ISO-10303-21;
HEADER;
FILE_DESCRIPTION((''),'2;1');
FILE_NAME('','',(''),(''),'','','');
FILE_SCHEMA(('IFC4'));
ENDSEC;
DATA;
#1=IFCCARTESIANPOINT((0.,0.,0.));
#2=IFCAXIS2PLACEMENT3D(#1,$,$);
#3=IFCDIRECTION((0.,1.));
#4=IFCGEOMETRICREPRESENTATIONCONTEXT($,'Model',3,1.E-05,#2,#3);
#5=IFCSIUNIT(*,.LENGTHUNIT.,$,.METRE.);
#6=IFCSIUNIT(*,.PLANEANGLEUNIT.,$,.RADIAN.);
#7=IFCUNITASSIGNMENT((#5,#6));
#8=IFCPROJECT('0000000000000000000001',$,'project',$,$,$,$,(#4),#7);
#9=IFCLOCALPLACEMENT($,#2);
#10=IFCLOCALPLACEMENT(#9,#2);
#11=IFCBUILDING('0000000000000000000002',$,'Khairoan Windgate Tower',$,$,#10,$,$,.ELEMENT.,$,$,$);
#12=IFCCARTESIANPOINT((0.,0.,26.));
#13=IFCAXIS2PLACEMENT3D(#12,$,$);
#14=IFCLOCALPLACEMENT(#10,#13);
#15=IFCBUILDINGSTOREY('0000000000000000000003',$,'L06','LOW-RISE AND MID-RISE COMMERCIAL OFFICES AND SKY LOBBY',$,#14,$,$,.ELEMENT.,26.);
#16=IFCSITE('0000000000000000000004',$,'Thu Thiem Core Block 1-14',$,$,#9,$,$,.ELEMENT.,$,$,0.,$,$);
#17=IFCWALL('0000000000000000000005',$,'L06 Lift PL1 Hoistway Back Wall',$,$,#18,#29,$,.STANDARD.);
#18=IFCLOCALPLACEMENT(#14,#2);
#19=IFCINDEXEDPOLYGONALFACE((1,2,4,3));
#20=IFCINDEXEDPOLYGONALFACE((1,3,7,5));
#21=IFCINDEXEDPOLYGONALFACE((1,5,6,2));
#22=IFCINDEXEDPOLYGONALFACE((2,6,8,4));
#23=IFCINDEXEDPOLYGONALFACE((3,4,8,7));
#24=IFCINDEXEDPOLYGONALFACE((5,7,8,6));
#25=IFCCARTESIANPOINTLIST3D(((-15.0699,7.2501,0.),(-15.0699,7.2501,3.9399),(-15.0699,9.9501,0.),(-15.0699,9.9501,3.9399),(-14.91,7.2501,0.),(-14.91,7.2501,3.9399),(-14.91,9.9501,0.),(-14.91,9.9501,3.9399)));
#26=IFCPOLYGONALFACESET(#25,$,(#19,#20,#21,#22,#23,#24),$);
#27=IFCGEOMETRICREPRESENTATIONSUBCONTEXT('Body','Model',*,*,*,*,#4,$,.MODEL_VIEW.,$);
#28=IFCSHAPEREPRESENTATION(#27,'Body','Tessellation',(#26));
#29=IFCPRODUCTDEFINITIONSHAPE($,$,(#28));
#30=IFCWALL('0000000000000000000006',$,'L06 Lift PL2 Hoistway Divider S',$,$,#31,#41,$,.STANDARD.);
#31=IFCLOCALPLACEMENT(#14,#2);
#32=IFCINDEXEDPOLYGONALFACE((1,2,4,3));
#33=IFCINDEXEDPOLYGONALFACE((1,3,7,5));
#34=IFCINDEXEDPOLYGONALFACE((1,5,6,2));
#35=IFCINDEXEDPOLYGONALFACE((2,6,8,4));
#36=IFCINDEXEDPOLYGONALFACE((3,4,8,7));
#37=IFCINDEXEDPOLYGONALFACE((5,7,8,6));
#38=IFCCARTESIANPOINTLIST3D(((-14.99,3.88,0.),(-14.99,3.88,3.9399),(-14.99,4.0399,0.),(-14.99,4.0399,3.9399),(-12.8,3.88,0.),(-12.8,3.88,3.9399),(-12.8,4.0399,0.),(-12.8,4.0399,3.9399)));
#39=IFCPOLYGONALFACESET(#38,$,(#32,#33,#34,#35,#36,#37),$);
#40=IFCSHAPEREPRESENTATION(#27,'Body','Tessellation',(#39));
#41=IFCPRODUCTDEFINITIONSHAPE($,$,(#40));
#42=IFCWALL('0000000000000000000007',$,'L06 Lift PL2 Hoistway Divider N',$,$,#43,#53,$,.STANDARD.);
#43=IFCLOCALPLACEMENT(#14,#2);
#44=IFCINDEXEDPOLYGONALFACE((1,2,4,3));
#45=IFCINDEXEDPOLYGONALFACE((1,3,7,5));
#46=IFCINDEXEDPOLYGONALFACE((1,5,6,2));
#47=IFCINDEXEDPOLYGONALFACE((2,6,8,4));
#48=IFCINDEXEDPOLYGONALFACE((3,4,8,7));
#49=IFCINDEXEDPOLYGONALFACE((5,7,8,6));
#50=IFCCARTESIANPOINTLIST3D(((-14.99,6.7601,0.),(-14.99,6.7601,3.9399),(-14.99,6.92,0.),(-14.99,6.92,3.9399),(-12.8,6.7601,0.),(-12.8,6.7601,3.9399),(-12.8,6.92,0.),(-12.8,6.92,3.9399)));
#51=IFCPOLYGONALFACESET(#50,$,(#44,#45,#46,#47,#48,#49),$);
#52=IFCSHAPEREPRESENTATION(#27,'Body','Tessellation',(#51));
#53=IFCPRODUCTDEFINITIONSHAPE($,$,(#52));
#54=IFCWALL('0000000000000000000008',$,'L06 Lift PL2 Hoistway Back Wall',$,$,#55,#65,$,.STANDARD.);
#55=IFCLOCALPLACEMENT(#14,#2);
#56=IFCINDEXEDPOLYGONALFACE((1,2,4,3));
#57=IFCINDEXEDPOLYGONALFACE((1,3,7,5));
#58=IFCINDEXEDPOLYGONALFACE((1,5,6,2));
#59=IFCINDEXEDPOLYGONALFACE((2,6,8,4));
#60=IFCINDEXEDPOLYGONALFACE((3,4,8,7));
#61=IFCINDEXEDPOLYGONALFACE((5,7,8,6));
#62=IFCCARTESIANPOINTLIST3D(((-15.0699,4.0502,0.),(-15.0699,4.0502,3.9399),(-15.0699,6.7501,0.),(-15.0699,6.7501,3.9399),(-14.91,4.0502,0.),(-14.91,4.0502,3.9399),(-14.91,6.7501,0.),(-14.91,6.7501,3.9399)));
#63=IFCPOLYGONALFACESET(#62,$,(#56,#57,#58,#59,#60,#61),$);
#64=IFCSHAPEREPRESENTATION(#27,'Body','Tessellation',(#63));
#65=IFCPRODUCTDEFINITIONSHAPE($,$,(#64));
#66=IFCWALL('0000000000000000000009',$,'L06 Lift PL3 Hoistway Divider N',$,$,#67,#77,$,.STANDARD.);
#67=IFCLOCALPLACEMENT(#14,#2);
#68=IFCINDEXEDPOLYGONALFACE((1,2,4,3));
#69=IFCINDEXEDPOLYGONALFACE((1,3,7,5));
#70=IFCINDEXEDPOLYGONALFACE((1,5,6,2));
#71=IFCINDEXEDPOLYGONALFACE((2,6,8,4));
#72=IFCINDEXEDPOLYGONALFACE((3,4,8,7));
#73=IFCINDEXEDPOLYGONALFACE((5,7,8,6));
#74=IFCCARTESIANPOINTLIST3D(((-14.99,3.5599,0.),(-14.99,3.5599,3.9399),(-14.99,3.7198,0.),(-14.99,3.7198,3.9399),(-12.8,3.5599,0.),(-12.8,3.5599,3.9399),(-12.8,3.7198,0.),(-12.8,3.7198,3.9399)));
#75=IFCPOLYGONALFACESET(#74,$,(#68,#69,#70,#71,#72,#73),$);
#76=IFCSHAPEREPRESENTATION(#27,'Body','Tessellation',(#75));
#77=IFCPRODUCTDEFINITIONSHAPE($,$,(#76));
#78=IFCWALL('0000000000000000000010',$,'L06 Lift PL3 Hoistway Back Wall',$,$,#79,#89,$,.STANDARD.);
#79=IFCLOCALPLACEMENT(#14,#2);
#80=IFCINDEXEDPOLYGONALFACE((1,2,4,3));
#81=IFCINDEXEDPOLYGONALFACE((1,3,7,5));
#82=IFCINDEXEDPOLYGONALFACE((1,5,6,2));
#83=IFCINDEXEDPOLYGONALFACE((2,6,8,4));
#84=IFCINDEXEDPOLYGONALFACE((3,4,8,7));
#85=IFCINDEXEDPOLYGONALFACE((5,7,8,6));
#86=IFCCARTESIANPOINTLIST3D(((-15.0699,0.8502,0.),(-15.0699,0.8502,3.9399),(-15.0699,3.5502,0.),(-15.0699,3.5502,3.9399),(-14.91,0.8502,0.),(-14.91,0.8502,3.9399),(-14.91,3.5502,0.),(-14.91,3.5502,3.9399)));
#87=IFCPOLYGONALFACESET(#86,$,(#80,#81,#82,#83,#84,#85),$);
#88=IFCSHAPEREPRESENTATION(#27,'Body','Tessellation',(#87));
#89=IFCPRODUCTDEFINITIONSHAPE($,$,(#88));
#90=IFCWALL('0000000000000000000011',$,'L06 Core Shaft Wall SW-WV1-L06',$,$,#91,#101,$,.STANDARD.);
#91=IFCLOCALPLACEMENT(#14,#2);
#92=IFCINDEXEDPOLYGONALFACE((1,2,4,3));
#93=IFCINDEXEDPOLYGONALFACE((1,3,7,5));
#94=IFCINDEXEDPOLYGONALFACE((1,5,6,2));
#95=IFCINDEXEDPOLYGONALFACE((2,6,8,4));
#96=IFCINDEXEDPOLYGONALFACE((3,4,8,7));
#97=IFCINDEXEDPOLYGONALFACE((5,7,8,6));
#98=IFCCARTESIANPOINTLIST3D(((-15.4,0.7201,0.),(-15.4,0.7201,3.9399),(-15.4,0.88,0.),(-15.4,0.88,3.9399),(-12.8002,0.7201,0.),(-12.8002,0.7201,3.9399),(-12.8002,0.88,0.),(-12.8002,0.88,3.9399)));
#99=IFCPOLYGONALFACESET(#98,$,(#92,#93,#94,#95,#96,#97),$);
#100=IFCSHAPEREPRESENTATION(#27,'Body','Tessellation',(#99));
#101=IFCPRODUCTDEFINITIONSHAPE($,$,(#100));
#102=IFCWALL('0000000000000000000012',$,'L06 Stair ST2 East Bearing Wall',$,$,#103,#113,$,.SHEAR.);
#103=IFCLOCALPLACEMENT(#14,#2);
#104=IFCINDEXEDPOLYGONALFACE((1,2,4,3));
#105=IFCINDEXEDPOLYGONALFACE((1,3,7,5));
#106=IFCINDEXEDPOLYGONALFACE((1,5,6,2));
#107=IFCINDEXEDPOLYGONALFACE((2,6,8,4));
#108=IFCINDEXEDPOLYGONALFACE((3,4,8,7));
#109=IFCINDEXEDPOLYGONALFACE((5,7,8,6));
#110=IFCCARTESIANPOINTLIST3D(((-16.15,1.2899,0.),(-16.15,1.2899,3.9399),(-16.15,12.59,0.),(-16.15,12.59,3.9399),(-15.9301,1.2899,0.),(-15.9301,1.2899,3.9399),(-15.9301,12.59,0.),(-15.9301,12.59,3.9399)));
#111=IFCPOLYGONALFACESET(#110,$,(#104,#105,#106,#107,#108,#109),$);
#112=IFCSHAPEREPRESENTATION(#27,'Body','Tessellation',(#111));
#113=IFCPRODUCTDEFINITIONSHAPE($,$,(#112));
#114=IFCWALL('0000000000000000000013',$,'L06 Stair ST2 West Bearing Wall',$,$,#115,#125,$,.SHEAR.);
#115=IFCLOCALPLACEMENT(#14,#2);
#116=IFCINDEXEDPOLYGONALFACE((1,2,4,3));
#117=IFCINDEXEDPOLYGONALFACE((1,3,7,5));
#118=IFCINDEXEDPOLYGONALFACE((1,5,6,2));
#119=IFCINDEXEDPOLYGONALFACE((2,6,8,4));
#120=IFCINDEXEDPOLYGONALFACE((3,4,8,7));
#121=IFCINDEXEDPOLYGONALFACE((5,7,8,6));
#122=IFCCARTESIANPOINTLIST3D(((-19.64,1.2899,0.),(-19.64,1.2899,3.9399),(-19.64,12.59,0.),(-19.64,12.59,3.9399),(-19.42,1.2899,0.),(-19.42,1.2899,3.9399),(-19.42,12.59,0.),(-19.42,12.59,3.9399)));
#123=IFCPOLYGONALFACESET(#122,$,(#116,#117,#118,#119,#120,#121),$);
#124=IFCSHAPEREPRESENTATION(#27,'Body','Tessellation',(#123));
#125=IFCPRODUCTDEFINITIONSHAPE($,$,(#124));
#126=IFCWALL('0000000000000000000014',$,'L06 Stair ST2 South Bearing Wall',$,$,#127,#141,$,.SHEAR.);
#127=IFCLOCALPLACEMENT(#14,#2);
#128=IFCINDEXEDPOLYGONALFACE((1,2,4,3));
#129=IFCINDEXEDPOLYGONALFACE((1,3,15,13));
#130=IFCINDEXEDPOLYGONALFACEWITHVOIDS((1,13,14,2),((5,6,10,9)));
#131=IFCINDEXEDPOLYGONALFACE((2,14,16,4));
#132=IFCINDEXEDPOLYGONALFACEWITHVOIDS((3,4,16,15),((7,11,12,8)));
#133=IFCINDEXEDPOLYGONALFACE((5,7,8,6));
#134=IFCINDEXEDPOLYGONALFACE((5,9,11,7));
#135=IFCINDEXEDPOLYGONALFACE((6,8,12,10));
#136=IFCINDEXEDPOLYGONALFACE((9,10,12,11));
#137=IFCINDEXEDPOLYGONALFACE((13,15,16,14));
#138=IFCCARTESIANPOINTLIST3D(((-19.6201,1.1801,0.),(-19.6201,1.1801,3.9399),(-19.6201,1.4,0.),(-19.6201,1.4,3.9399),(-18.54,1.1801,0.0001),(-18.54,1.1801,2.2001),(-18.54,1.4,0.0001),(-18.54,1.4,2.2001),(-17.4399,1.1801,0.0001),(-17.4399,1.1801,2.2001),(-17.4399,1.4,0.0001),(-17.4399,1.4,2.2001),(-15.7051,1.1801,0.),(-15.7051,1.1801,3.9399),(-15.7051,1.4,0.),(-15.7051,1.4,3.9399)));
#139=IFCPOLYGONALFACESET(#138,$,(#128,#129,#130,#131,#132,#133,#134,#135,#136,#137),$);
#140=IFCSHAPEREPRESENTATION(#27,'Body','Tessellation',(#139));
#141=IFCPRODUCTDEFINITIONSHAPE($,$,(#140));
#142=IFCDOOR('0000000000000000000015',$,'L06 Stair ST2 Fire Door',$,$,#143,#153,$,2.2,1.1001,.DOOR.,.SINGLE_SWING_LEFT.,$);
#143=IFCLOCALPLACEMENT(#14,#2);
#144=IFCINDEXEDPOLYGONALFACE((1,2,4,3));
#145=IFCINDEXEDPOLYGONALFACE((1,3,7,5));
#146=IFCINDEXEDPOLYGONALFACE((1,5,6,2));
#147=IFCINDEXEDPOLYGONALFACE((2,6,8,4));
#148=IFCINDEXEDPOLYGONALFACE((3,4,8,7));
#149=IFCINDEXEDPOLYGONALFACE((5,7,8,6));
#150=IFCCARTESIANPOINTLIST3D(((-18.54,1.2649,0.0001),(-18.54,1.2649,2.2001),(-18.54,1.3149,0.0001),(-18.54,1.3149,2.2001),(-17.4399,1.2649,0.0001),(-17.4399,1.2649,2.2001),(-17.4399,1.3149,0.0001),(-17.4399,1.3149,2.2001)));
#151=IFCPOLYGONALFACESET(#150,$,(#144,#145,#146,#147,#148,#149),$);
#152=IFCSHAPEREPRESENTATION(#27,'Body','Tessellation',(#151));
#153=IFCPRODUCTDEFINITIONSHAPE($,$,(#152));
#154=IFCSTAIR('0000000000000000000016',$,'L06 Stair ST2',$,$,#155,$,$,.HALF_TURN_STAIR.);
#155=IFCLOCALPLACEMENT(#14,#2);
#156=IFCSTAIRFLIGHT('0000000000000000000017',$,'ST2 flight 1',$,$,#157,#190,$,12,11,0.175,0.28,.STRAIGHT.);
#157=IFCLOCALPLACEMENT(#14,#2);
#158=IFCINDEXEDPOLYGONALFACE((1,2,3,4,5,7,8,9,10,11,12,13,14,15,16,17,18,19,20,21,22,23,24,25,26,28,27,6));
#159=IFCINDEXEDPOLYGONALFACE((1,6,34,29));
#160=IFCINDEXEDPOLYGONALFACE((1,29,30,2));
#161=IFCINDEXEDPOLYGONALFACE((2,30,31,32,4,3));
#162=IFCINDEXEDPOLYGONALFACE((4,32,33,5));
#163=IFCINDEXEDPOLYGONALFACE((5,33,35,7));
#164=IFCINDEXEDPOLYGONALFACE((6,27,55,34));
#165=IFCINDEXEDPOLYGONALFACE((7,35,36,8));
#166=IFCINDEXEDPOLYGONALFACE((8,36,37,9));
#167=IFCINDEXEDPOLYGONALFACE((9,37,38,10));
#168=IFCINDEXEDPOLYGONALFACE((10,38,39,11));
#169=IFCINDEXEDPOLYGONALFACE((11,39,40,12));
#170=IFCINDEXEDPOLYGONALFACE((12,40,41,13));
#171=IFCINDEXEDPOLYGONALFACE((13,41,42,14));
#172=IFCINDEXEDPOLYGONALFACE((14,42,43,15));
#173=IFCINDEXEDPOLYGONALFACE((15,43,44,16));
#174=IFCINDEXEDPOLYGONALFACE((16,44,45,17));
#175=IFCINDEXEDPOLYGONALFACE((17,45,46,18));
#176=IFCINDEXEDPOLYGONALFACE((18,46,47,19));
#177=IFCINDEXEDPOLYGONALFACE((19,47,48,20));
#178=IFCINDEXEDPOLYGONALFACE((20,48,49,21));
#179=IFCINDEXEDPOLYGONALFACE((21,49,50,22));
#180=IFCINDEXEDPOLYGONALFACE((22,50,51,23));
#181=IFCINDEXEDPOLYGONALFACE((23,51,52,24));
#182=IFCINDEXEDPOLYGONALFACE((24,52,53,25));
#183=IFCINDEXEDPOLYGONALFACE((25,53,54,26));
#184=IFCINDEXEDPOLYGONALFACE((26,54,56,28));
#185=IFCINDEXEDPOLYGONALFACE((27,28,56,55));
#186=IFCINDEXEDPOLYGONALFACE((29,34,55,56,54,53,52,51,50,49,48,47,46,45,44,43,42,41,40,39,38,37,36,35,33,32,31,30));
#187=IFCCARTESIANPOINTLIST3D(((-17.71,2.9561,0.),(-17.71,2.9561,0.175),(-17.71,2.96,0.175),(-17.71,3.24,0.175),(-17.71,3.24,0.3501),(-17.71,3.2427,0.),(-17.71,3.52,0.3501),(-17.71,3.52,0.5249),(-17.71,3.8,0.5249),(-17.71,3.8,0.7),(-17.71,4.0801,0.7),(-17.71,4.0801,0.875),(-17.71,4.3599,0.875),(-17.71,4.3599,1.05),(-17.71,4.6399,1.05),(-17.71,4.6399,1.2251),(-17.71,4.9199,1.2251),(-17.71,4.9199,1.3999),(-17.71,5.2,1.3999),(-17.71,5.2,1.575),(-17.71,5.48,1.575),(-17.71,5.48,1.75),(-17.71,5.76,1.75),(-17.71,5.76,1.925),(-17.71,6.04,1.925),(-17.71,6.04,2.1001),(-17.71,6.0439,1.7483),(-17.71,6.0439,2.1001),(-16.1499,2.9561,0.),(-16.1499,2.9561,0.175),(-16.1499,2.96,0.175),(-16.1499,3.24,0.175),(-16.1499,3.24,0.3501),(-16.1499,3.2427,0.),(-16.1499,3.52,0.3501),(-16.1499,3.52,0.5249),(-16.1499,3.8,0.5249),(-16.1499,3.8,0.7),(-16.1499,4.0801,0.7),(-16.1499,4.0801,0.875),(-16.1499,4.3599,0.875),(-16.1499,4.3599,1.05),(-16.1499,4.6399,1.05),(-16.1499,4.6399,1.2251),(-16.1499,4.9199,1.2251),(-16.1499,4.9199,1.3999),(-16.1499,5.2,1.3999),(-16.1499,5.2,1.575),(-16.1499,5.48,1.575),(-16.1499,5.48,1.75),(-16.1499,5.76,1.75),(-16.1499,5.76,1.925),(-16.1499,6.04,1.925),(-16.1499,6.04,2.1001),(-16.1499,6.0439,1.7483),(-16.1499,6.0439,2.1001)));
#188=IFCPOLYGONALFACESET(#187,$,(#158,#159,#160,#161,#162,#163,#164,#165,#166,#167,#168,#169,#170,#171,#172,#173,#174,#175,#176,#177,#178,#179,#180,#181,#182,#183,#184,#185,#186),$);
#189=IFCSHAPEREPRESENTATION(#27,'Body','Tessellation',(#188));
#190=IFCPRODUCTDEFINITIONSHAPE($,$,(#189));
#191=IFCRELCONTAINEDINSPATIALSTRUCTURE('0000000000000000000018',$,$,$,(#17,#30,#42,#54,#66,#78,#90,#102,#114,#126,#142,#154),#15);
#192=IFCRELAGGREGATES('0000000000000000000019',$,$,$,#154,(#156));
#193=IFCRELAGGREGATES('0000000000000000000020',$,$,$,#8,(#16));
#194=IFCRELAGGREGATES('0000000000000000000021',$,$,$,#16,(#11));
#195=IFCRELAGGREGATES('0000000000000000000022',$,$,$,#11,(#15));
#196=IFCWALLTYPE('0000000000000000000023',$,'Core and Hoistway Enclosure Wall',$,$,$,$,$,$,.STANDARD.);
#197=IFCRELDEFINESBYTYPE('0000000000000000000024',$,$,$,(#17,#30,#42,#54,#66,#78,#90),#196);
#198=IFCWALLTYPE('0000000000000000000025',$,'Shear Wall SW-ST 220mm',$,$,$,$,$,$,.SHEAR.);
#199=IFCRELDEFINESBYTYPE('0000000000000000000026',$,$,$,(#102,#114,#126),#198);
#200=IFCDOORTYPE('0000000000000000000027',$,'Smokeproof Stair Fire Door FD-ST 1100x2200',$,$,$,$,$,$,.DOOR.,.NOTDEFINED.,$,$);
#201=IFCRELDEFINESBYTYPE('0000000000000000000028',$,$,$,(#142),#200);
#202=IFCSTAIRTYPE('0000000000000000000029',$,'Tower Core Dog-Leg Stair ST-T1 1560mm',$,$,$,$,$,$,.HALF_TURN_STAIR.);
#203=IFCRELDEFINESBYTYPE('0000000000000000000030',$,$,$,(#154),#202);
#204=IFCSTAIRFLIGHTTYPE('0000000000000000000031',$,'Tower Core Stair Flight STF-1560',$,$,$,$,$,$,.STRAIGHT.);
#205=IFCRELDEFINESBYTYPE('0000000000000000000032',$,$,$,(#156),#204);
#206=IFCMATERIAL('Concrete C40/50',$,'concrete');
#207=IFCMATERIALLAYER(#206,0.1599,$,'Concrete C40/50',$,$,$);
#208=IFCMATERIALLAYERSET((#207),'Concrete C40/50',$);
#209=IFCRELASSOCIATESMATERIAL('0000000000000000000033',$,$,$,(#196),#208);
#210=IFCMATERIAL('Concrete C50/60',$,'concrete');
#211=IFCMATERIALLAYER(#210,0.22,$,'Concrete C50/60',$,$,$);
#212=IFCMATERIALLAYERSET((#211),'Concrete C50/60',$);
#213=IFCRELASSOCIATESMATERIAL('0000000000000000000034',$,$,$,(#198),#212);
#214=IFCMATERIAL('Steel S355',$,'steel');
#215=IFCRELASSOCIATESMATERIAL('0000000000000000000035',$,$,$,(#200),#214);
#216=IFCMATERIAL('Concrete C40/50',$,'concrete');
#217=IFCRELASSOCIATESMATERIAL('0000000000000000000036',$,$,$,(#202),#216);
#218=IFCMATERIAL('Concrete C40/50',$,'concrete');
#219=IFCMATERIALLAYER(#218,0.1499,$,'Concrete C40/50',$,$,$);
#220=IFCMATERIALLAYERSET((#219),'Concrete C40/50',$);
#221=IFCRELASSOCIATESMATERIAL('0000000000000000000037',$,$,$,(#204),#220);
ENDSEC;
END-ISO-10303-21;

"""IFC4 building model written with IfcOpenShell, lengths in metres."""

from ifc_helpers import new_model, si_unit, direction, frame, frame_2d, origin, place, context, subcontext, project, spatial, polyline, rectangle, outline, extrude, material, layer, layer_set, type_object, element, fill, aggregate, save


model = new_model("IFC4")

# Units and contexts
model_context = context("Model", 3, precision=1e-05, world=origin(), true_north=direction((0.0, 1.0)))
body_context = subcontext(model_context, "Body", "Model", "MODEL_VIEW")
ifc_project = project(units=[si_unit("LENGTHUNIT", "METRE"), si_unit("PLANEANGLEUNIT", "RADIAN")], contexts=[model_context])

# Site, building, storey
site_placement = place(None, origin())
site = spatial("IfcSite", under=ifc_project, at=site_placement, Name="Thu Thiem Core Block 1-14", CompositionType="ELEMENT", RefElevation=0.0)
building_placement = place(site_placement, origin())
building = spatial("IfcBuilding", under=site, at=building_placement, Name="Khairoan Windgate Tower", CompositionType="ELEMENT")
storey_placement = place(building_placement, frame((0.0, 0.0, 26.0)))
storey = spatial("IfcBuildingStorey", under=building, at=storey_placement, Name="L06", Description="LOW-RISE AND MID-RISE COMMERCIAL OFFICES AND SKY LOBBY", CompositionType="ELEMENT", Elevation=26.0)

# Walls
ifc_material_1 = material(Name="Concrete C40/50", Category="concrete")
ifc_layer_1 = layer(ifc_material_1, 0.1599, Name="Concrete C40/50")
ifc_layer_set_1 = layer_set([ifc_layer_1], Name="Concrete C40/50")
wall_type_1 = type_object("IfcWallType", Name="Core and Hoistway Enclosure Wall", PredefinedType="STANDARD", material=ifc_layer_set_1)
wall_1_placement = place(storey_placement, frame((-14.99, 7.25, 0.0), z_axis=(0.0, 0.0, 1.0), x_axis=(0.0, 1.0, 0.0)))
element("IfcWall", 1, at=wall_1_placement, inside=storey, type_object=wall_type_1, Name="L06 Lift PL1 Hoistway Back Wall", PredefinedType="STANDARD", context=body_context, shape_type="SweptSolid", body=[
    extrude(rectangle(XDim=2.7, YDim=0.1599, at=frame_2d((1.3501, 0.0))), origin(), (0.0, 0.0, 1.0), 3.9399),
])
for number, where, z_axis, x_axis, name in (
    (2, (-14.99, 3.96, 0.0), (0.0, 0.0, 1.0), (1.0, 0.0, 0.0), "L06 Lift PL2 Hoistway Divider S"),
    (3, (-14.99, 6.8401, 0.0), (0.0, 0.0, 1.0), (1.0, 0.0, 0.0), "L06 Lift PL2 Hoistway Divider N"),
):
    element("IfcWall", number, at=place(storey_placement, frame(where, z_axis=z_axis, x_axis=x_axis)), inside=storey, type_object=wall_type_1, Name=name, PredefinedType="STANDARD", context=body_context, shape_type="SweptSolid", body=[
        extrude(rectangle(XDim=2.1899, YDim=0.1599, at=frame_2d((1.095, 0.0))), origin(), (0.0, 0.0, 1.0), 3.9399),
    ])
wall_2_placement = place(storey_placement, frame((-14.99, 4.05, 0.0), z_axis=(0.0, 0.0, 1.0), x_axis=(0.0, 1.0, 0.0)))
element("IfcWall", 4, at=wall_2_placement, inside=storey, type_object=wall_type_1, Name="L06 Lift PL2 Hoistway Back Wall", PredefinedType="STANDARD", context=body_context, shape_type="SweptSolid", body=[
    extrude(rectangle(XDim=2.7, YDim=0.1599, at=frame_2d((1.3501, 0.0))), origin(), (0.0, 0.0, 1.0), 3.9399),
])
wall_3_placement = place(storey_placement, frame((-14.99, 3.6399, 0.0), z_axis=(0.0, 0.0, 1.0), x_axis=(1.0, 0.0, 0.0)))
element("IfcWall", 5, at=wall_3_placement, inside=storey, type_object=wall_type_1, Name="L06 Lift PL3 Hoistway Divider N", PredefinedType="STANDARD", context=body_context, shape_type="SweptSolid", body=[
    extrude(rectangle(XDim=2.1899, YDim=0.1599, at=frame_2d((1.095, 0.0))), origin(), (0.0, 0.0, 1.0), 3.9399),
])
wall_4_placement = place(storey_placement, frame((-14.99, 0.8501, 0.0), z_axis=(0.0, 0.0, 1.0), x_axis=(0.0, 1.0, 0.0)))
element("IfcWall", 6, at=wall_4_placement, inside=storey, type_object=wall_type_1, Name="L06 Lift PL3 Hoistway Back Wall", PredefinedType="STANDARD", context=body_context, shape_type="SweptSolid", body=[
    extrude(rectangle(XDim=2.7, YDim=0.1599, at=frame_2d((1.3501, 0.0))), origin(), (0.0, 0.0, 1.0), 3.9399),
])
wall_5_placement = place(storey_placement, frame((-15.3999, 0.8, 0.0), z_axis=(0.0, 0.0, 1.0), x_axis=(1.0, 0.0, 0.0)))
element("IfcWall", 7, at=wall_5_placement, inside=storey, type_object=wall_type_1, Name="L06 Core Shaft Wall SW-WV1-L06", PredefinedType="STANDARD", context=body_context, shape_type="SweptSolid", body=[
    extrude(rectangle(XDim=2.5999, YDim=0.1599, at=frame_2d((1.2998, 0.0))), origin(), (0.0, 0.0, 1.0), 3.9399),
])
ifc_material_2 = material(Name="Concrete C50/60", Category="concrete")
ifc_layer_2 = layer(ifc_material_2, 0.22, Name="Concrete C50/60")
ifc_layer_set_2 = layer_set([ifc_layer_2], Name="Concrete C50/60")
wall_type_2 = type_object("IfcWallType", Name="Shear Wall SW-ST 220mm", PredefinedType="SHEAR", material=ifc_layer_set_2)
for number, where, z_axis, x_axis, name in (
    (8, (-16.04, 1.29, 0.0), (0.0, 0.0, 1.0), (0.0, 1.0, 0.0), "L06 Stair ST2 East Bearing Wall"),
    (9, (-19.53, 1.29, 0.0), (0.0, 0.0, 1.0), (0.0, 1.0, 0.0), "L06 Stair ST2 West Bearing Wall"),
):
    element("IfcWall", number, at=place(storey_placement, frame(where, z_axis=z_axis, x_axis=x_axis)), inside=storey, type_object=wall_type_2, Name=name, PredefinedType="SHEAR", context=body_context, shape_type="SweptSolid", body=[
        extrude(rectangle(XDim=11.3, YDim=0.22, at=frame_2d((5.6499, 0.0))), origin(), (0.0, 0.0, 1.0), 3.9399),
    ])

# Wall, opening, door
wall_6_placement = place(storey_placement, frame((-19.6201, 1.29, 0.0), z_axis=(0.0, 0.0, 1.0), x_axis=(1.0, 0.0, 0.0)))
wall_6 = element("IfcWall", 10, at=wall_6_placement, inside=storey, type_object=wall_type_2, Name="L06 Stair ST2 South Bearing Wall", PredefinedType="SHEAR", context=body_context, shape_type="SweptSolid", body=[
    extrude(rectangle(XDim=3.915, YDim=0.22, at=frame_2d((1.9575, 0.0))), origin(), (0.0, 0.0, 1.0), 3.9399),
])
opening_placement = place(wall_6_placement, frame((1.0801, 0.0, 0.0)))
opening = element("IfcOpeningElement", 11, at=opening_placement, cuts=wall_6, PredefinedType="OPENING", context=body_context, shape_type="SweptSolid", body=[
    extrude(rectangle(XDim=1.1001, YDim=2.2, at=frame_2d((0.55, 1.1001))), frame((0.0, 0.1199, 0.0), z_axis=(0.0, -1.0, 0.0), x_axis=(1.0, 0.0, 0.0)), (0.0, 0.0, 1.0), 0.24),
])
ifc_material_3 = material(Name="Steel S355", Category="steel")
door_type = type_object("IfcDoorType", Name="Smokeproof Stair Fire Door FD-ST 1100x2200", OperationType="NOTDEFINED", PredefinedType="DOOR", material=ifc_material_3)
door_placement = place(opening_placement, origin())
door = element("IfcDoor", 12, at=door_placement, inside=storey, type_object=door_type, Name="L06 Stair ST2 Fire Door", OperationType="SINGLE_SWING_LEFT", OverallHeight=2.2, OverallWidth=1.1001, PredefinedType="DOOR", context=body_context, shape_type="SweptSolid", body=[
    extrude(rectangle(XDim=1.1001, YDim=2.2, at=frame_2d((0.55, 1.1001))), frame((0.0, 0.0249, 0.0), z_axis=(0.0, -1.0, 0.0), x_axis=(1.0, 0.0, 0.0)), (0.0, 0.0, 1.0), 0.05),
])
fill(opening, door)

# Stair, stair flight
ifc_material_4 = material(Name="Concrete C40/50", Category="concrete")
stair_type = type_object("IfcStairType", Name="Tower Core Dog-Leg Stair ST-T1 1560mm", PredefinedType="HALF_TURN_STAIR", material=ifc_material_4)
stair_placement = place(storey_placement, origin())
stair = element("IfcStair", 13, at=stair_placement, inside=storey, type_object=stair_type, Name="L06 Stair ST2", PredefinedType="HALF_TURN_STAIR")
ifc_material_5 = material(Name="Concrete C40/50", Category="concrete")
ifc_layer_3 = layer(ifc_material_5, 0.1499, Name="Concrete C40/50")
ifc_layer_set_3 = layer_set([ifc_layer_3], Name="Concrete C40/50")
stair_flight_type = type_object("IfcStairFlightType", Name="Tower Core Stair Flight STF-1560", PredefinedType="STRAIGHT", material=ifc_layer_set_3)
stair_flight_1_placement = place(storey_placement, frame((-16.9299, 2.96, 0.0), z_axis=(0.0, 0.0, 1.0), x_axis=(0.0, 1.0, 0.0)))
stair_flight_1 = element("IfcStairFlight", 14, at=stair_flight_1_placement, type_object=stair_flight_type, Name="ST2 flight 1", NumberOfRisers=12, NumberOfTreads=11, PredefinedType="STRAIGHT", RiserHeight=0.175, TreadLength=0.28, context=body_context, shape_type="SweptSolid", body=[
    extrude(outline(polyline([(-0.0039, 0.0), (-0.0039, 0.175), (0.0, 0.175), (0.28, 0.175), (0.28, 0.3501), (0.5601, 0.3501), (0.5601, 0.5249), (0.8401, 0.5249), (0.8401, 0.7), (1.1201, 0.7), (1.1201, 0.875), (1.3999, 0.875), (1.3999, 1.05), (1.6799, 1.05), (1.6799, 1.2251), (1.96, 1.2251), (1.96, 1.3999), (2.24, 1.3999), (2.24, 1.575), (2.52, 1.575), (2.52, 1.75), (2.8, 1.75), (2.8, 1.925), (3.0801, 1.925), (3.0801, 2.1001), (3.084, 2.1001), (3.084, 1.7483), (0.2827, 0.0), (-0.0039, 0.0)])), frame((0.0, 0.78, 0.0), z_axis=(0.0, -1.0, 0.0), x_axis=(1.0, 0.0, 0.0)), (0.0, 0.0, 1.0), 1.5601),
])
aggregate(stair, [stair_flight_1])

save(model, "model.ifc")
